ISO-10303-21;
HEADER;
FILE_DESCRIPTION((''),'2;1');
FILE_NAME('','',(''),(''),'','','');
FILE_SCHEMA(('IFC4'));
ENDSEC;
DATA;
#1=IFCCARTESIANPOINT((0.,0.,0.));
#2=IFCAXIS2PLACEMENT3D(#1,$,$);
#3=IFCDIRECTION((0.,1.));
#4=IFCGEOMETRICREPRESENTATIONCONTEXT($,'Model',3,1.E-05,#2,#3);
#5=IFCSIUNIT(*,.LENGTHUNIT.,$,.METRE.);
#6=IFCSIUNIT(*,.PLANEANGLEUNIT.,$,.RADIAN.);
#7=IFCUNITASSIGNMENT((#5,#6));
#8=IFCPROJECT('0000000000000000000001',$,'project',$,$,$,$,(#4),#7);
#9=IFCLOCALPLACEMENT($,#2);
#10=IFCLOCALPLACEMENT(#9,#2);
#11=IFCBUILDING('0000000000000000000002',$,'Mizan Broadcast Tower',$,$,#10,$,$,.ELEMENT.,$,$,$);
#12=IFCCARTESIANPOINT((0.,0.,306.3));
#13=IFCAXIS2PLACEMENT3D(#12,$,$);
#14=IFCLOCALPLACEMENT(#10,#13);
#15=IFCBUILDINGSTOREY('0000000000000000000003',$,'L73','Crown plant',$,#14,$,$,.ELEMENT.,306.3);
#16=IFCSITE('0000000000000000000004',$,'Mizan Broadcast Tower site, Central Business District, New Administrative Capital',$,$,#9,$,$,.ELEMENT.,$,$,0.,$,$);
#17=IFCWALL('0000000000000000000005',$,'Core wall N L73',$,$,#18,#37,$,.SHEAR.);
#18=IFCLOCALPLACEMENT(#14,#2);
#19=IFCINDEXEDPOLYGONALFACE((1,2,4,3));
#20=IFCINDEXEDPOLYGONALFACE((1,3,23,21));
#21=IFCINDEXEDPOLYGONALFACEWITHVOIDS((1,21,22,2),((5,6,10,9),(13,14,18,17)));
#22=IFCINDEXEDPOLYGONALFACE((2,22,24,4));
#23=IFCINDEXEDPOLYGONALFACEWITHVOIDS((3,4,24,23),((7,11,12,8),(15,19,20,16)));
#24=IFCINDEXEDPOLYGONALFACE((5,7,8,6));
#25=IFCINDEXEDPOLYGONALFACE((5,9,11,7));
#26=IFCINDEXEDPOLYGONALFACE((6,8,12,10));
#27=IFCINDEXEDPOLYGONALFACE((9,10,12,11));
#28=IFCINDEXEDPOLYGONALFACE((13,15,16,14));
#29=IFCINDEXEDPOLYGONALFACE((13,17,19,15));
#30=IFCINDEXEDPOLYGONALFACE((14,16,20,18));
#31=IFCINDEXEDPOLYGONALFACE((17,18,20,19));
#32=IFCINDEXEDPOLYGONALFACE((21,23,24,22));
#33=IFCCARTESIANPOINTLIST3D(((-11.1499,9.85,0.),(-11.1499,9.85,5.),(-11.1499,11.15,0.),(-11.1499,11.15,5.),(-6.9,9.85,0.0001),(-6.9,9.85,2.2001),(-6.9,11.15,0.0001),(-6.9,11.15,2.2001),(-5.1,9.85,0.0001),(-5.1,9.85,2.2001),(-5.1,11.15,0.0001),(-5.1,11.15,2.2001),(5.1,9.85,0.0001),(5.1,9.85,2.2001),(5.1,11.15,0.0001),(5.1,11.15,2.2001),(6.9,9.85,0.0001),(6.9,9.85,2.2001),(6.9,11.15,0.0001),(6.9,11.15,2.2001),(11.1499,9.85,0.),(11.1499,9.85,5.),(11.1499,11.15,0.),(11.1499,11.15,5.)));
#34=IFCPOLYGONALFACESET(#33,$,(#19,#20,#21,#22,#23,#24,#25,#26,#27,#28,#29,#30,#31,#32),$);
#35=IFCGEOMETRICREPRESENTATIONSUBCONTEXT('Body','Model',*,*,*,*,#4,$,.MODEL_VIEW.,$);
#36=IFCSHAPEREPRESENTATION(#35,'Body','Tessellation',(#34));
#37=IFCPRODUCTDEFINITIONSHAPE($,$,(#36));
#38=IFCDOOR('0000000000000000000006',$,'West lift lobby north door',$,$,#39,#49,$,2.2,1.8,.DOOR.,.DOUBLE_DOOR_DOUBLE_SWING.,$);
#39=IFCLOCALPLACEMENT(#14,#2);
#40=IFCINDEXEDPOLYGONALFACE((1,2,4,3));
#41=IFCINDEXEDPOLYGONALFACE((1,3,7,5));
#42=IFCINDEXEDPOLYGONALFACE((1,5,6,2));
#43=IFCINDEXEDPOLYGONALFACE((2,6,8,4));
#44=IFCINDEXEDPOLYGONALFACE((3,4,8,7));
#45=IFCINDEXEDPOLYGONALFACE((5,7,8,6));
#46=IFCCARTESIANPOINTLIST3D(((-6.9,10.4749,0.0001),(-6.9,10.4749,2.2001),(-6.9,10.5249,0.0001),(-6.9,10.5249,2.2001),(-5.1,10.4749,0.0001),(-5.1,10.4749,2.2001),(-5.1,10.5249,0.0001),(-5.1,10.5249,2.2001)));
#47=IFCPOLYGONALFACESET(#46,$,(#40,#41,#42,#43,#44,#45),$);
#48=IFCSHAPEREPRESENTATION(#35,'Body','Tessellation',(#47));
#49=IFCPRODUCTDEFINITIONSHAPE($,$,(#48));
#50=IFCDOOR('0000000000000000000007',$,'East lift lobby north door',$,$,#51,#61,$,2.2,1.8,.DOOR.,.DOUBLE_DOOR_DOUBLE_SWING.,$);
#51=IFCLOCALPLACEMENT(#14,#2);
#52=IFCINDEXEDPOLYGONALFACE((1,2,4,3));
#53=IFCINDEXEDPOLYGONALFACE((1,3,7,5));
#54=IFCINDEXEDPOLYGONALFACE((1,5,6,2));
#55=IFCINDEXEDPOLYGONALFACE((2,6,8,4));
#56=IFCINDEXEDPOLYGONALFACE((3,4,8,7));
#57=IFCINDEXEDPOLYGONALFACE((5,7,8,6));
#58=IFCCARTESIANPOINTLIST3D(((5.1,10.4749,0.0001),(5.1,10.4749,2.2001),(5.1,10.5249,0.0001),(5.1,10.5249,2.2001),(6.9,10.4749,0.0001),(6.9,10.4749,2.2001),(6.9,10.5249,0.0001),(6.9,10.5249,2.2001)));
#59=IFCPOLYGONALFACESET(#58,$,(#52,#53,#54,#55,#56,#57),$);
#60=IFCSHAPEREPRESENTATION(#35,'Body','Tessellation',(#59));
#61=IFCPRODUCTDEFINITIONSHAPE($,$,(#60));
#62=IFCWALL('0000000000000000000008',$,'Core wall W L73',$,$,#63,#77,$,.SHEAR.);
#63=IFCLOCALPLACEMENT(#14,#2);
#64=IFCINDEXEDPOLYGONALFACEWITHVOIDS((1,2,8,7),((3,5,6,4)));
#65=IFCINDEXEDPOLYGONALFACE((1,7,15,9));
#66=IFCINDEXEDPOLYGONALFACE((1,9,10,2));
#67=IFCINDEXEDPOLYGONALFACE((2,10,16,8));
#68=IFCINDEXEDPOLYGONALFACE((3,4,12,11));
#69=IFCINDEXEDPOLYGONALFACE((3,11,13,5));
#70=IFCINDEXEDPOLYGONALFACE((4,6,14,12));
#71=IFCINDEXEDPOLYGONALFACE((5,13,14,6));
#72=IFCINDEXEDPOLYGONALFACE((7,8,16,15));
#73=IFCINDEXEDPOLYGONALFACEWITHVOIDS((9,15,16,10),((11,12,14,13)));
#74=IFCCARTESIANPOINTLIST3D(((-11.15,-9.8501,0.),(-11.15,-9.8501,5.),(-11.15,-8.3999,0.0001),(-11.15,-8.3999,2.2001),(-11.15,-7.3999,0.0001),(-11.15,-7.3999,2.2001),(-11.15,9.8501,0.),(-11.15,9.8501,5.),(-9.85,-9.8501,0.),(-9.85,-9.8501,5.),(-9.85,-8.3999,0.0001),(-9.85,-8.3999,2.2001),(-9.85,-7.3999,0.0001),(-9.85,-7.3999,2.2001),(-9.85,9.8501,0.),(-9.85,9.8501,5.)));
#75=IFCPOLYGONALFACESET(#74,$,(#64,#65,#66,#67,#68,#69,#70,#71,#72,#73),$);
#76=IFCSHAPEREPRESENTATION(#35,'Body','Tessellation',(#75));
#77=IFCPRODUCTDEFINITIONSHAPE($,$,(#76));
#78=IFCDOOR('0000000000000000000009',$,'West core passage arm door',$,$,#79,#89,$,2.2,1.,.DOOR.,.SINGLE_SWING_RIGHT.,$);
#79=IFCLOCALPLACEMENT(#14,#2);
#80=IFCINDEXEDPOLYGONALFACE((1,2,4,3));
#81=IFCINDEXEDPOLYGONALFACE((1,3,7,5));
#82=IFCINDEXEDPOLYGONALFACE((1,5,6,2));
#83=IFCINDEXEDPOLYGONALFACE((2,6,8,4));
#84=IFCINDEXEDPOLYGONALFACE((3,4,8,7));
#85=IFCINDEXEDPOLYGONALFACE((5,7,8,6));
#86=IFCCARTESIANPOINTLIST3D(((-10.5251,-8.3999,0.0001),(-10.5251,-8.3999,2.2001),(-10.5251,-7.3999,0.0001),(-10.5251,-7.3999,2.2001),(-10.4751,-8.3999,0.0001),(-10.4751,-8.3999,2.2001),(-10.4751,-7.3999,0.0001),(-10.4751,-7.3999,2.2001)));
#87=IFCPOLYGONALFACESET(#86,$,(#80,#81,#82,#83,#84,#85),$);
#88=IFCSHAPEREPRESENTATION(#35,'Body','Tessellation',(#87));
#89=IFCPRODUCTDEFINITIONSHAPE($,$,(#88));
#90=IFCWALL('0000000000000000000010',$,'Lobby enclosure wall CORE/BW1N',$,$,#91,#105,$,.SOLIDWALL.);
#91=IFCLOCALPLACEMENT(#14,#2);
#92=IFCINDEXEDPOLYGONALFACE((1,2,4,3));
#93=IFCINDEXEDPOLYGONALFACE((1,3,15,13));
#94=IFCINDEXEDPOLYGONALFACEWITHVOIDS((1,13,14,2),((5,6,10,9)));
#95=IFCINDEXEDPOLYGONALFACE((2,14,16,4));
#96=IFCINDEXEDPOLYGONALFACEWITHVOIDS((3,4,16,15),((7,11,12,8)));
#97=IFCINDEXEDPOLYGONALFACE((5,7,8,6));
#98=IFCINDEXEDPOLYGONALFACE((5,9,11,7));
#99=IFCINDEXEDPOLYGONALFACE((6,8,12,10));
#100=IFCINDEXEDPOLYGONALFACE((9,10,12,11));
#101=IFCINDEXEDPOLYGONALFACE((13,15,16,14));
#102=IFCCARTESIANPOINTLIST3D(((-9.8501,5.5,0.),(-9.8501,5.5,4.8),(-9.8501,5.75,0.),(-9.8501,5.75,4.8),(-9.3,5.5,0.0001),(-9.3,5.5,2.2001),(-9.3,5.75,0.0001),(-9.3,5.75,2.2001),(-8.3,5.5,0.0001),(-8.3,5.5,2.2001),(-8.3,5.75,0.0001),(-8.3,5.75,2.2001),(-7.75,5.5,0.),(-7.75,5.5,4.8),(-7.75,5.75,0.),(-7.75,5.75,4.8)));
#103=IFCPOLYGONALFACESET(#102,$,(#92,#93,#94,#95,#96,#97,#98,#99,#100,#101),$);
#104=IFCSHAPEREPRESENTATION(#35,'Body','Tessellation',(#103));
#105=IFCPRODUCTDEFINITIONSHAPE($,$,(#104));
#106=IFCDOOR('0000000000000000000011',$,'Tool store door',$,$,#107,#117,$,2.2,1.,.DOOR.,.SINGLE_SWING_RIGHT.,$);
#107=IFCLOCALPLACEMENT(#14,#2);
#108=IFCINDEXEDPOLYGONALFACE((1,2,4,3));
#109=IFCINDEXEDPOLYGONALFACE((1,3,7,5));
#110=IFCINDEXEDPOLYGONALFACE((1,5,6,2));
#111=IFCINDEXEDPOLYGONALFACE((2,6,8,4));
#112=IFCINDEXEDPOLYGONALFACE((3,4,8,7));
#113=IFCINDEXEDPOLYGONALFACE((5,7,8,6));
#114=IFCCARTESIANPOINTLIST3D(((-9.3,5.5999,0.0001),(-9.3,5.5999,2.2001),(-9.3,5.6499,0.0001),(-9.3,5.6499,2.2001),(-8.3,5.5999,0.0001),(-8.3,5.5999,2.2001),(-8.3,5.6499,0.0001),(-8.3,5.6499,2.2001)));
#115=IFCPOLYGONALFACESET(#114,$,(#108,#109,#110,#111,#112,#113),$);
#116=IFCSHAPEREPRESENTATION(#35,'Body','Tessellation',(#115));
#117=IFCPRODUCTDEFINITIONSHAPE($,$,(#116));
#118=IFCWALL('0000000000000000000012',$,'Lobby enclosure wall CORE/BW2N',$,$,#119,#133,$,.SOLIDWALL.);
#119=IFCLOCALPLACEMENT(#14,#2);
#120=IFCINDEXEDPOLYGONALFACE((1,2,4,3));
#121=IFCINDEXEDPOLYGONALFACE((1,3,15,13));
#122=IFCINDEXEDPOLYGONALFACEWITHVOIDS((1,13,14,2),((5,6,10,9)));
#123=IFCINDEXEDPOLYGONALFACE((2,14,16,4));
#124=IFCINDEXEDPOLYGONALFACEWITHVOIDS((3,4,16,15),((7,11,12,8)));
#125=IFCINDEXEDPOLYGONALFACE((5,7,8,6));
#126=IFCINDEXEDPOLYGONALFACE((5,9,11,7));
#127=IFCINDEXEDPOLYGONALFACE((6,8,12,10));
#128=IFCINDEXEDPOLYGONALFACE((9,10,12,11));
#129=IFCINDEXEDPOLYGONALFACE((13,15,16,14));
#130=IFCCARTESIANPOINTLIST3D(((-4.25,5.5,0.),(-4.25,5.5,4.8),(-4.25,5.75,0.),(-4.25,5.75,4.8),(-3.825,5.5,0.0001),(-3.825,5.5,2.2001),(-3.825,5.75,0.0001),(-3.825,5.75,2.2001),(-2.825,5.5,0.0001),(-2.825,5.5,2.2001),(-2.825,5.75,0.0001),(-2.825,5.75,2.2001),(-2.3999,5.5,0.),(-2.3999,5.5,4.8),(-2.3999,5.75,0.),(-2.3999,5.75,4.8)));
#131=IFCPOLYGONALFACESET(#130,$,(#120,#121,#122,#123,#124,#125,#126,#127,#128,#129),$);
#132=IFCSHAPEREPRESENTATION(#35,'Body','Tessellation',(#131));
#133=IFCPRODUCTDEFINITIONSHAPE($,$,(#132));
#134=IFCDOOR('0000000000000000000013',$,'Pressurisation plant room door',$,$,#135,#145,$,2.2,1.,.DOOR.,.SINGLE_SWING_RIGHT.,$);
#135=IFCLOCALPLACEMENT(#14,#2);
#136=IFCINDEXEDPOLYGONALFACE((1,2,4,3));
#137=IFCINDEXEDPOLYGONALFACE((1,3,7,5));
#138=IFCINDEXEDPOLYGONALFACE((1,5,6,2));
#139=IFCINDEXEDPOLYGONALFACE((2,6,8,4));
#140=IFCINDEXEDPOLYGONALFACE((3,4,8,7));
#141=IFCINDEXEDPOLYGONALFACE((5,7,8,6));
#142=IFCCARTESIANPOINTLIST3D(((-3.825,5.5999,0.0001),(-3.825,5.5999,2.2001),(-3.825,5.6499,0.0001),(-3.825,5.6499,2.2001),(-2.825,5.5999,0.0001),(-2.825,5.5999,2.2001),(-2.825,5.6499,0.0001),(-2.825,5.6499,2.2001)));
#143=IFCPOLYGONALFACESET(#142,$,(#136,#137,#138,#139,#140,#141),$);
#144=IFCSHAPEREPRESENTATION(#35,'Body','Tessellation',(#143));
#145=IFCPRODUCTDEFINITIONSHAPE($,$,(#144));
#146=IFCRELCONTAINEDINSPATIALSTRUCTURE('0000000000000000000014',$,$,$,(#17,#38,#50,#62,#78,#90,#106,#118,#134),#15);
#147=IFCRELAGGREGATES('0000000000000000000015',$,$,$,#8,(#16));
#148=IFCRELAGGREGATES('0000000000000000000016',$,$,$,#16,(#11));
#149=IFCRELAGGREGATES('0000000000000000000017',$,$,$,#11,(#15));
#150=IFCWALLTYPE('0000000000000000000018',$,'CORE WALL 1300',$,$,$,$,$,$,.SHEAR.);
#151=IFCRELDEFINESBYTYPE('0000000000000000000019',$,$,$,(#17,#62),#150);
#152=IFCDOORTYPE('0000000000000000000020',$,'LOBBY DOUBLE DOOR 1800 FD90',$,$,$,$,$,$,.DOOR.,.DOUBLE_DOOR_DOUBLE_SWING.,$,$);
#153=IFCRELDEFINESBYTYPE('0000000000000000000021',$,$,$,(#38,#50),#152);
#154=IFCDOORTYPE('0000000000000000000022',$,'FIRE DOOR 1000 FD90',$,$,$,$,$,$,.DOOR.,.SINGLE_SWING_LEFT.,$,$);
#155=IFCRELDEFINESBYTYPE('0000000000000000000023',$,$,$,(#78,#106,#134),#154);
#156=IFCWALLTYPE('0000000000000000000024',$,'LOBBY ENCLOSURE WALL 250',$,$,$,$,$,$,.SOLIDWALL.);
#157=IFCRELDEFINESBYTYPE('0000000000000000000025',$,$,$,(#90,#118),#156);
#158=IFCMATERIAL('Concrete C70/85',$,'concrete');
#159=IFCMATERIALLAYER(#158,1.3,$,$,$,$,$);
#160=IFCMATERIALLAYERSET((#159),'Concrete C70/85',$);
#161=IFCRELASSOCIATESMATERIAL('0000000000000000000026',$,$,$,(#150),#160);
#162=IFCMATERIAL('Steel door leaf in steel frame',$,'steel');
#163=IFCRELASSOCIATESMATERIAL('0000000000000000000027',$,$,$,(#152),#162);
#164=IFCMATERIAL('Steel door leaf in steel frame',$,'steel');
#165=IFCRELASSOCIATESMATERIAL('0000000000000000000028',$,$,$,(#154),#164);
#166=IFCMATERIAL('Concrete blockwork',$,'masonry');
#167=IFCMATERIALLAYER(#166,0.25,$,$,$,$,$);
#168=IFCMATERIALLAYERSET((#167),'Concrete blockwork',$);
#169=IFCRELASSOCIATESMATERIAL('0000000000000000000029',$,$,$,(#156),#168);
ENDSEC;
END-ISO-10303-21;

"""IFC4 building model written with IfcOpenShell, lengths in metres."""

from ifc_helpers import new_model, si_unit, direction, frame, frame_2d, origin, place, context, subcontext, project, spatial, rectangle, extrude, material, layer, layer_set, type_object, element, fill, save


model = new_model("IFC4")

# Units and contexts
model_context = context("Model", 3, precision=1e-05, world=origin(), true_north=direction((0.0, 1.0)))
body_context = subcontext(model_context, "Body", "Model", "MODEL_VIEW")
ifc_project = project(units=[si_unit("LENGTHUNIT", "METRE"), si_unit("PLANEANGLEUNIT", "RADIAN")], contexts=[model_context])

# Site, building, storey
site_placement = place(None, origin())
site = spatial("IfcSite", under=ifc_project, at=site_placement, Name="Mizan Broadcast Tower site, Central Business District, New Administrative Capital", CompositionType="ELEMENT", RefElevation=0.0)
building_placement = place(site_placement, origin())
building = spatial("IfcBuilding", under=site, at=building_placement, Name="Mizan Broadcast Tower", CompositionType="ELEMENT")
storey_placement = place(building_placement, frame((0.0, 0.0, 306.3)))
storey = spatial("IfcBuildingStorey", under=building, at=storey_placement, Name="L73", Description="Crown plant", CompositionType="ELEMENT", Elevation=306.3)

# Wall, openings, doors
ifc_material_1 = material(Name="Concrete C70/85", Category="concrete")
ifc_layer_1 = layer(ifc_material_1, 1.3)
ifc_layer_set_1 = layer_set([ifc_layer_1], Name="Concrete C70/85")
wall_type_1 = type_object("IfcWallType", Name="CORE WALL 1300", PredefinedType="SHEAR", material=ifc_layer_set_1)
wall_1_placement = place(storey_placement, frame((-11.1499, 10.5, 0.0), z_axis=(0.0, 0.0, 1.0), x_axis=(1.0, 0.0, 0.0)))
wall_1 = element("IfcWall", 1, at=wall_1_placement, inside=storey, type_object=wall_type_1, Name="Core wall N L73", PredefinedType="SHEAR", context=body_context, shape_type="SweptSolid", body=[
    extrude(rectangle(XDim=22.2998, YDim=1.3, at=frame_2d((11.1499, 0.0))), origin(), (0.0, 0.0, 1.0), 5.0),
])
opening_1_placement = place(wall_1_placement, frame((4.25, 0.0, 0.0)))
opening_1 = element("IfcOpeningElement", 2, at=opening_1_placement, cuts=wall_1, PredefinedType="OPENING", context=body_context, shape_type="SweptSolid", body=[
    extrude(rectangle(XDim=1.8, YDim=2.2, at=frame_2d((0.8999, 1.1001))), frame((0.0, 0.6599, 0.0), z_axis=(0.0, -1.0, 0.0), x_axis=(1.0, 0.0, 0.0)), (0.0, 0.0, 1.0), 1.3201),
])
opening_2_placement = place(wall_1_placement, frame((16.25, 0.0, 0.0)))
opening_2 = element("IfcOpeningElement", 3, at=opening_2_placement, cuts=wall_1, PredefinedType="OPENING", context=body_context, shape_type="SweptSolid", body=[
    extrude(rectangle(XDim=1.8, YDim=2.2, at=frame_2d((0.8999, 1.1001))), frame((0.0, 0.6599, 0.0), z_axis=(0.0, -1.0, 0.0), x_axis=(1.0, 0.0, 0.0)), (0.0, 0.0, 1.0), 1.3201),
])
ifc_material_2 = material(Name="Steel door leaf in steel frame", Category="steel")
door_type_1 = type_object("IfcDoorType", Name="LOBBY DOUBLE DOOR 1800 FD90", OperationType="DOUBLE_DOOR_DOUBLE_SWING", PredefinedType="DOOR", material=ifc_material_2)
door_1_placement = place(opening_1_placement, origin())
door_1 = element("IfcDoor", 4, at=door_1_placement, inside=storey, type_object=door_type_1, Name="West lift lobby north door", OperationType="DOUBLE_DOOR_DOUBLE_SWING", OverallHeight=2.2, OverallWidth=1.8, PredefinedType="DOOR", context=body_context, shape_type="SweptSolid", body=[
    extrude(rectangle(XDim=1.8, YDim=2.2, at=frame_2d((0.8999, 1.1001))), frame((0.0, 0.0249, 0.0), z_axis=(0.0, -1.0, 0.0), x_axis=(1.0, 0.0, 0.0)), (0.0, 0.0, 1.0), 0.05),
])
fill(opening_1, door_1)
door_2_placement = place(opening_2_placement, origin())
door_2 = element("IfcDoor", 5, at=door_2_placement, inside=storey, type_object=door_type_1, Name="East lift lobby north door", OperationType="DOUBLE_DOOR_DOUBLE_SWING", OverallHeight=2.2, OverallWidth=1.8, PredefinedType="DOOR", context=body_context, shape_type="SweptSolid", body=[
    extrude(rectangle(XDim=1.8, YDim=2.2, at=frame_2d((0.8999, 1.1001))), frame((0.0, 0.0249, 0.0), z_axis=(0.0, -1.0, 0.0), x_axis=(1.0, 0.0, 0.0)), (0.0, 0.0, 1.0), 0.05),
])
fill(opening_2, door_2)

# Walls, openings, doors
wall_2_placement = place(storey_placement, frame((-10.5, 9.8501, 0.0), z_axis=(0.0, 0.0, 1.0), x_axis=(0.0, -1.0, 0.0)))
wall_2 = element("IfcWall", 6, at=wall_2_placement, inside=storey, type_object=wall_type_1, Name="Core wall W L73", PredefinedType="SHEAR", context=body_context, shape_type="SweptSolid", body=[
    extrude(rectangle(XDim=19.7002, YDim=1.3, at=frame_2d((9.8501, 0.0))), origin(), (0.0, 0.0, 1.0), 5.0),
])
opening_3_placement = place(wall_2_placement, frame((17.25, 0.0, 0.0)))
opening_3 = element("IfcOpeningElement", 7, at=opening_3_placement, cuts=wall_2, PredefinedType="OPENING", context=body_context, shape_type="SweptSolid", body=[
    extrude(rectangle(XDim=1.0, YDim=2.2, at=frame_2d((0.5, 1.1001))), frame((0.0, 0.6599, 0.0), z_axis=(0.0, -1.0, 0.0), x_axis=(1.0, 0.0, 0.0)), (0.0, 0.0, 1.0), 1.3201),
])
ifc_material_3 = material(Name="Steel door leaf in steel frame", Category="steel")
door_type_2 = type_object("IfcDoorType", Name="FIRE DOOR 1000 FD90", OperationType="SINGLE_SWING_LEFT", PredefinedType="DOOR", material=ifc_material_3)
door_3_placement = place(opening_3_placement, origin())
door_3 = element("IfcDoor", 8, at=door_3_placement, inside=storey, type_object=door_type_2, Name="West core passage arm door", OperationType="SINGLE_SWING_RIGHT", OverallHeight=2.2, OverallWidth=1.0, PredefinedType="DOOR", context=body_context, shape_type="SweptSolid", body=[
    extrude(rectangle(XDim=1.0, YDim=2.2, at=frame_2d((0.5, 1.1001))), frame((0.0, 0.0249, 0.0), z_axis=(0.0, -1.0, 0.0), x_axis=(1.0, 0.0, 0.0)), (0.0, 0.0, 1.0), 0.05),
])
fill(opening_3, door_3)
ifc_material_4 = material(Name="Concrete blockwork", Category="masonry")
ifc_layer_2 = layer(ifc_material_4, 0.25)
ifc_layer_set_2 = layer_set([ifc_layer_2], Name="Concrete blockwork")
wall_type_2 = type_object("IfcWallType", Name="LOBBY ENCLOSURE WALL 250", PredefinedType="SOLIDWALL", material=ifc_layer_set_2)
wall_3_placement = place(storey_placement, frame((-9.8501, 5.625, 0.0), z_axis=(0.0, 0.0, 1.0), x_axis=(1.0, 0.0, 0.0)))
wall_3 = element("IfcWall", 9, at=wall_3_placement, inside=storey, type_object=wall_type_2, Name="Lobby enclosure wall CORE/BW1N", PredefinedType="SOLIDWALL", context=body_context, shape_type="SweptSolid", body=[
    extrude(rectangle(XDim=2.1001, YDim=0.25, at=frame_2d((1.05, 0.0))), origin(), (0.0, 0.0, 1.0), 4.8),
])
opening_4_placement = place(wall_3_placement, frame((0.55, 0.0, 0.0)))
opening_4 = element("IfcOpeningElement", 10, at=opening_4_placement, cuts=wall_3, PredefinedType="OPENING", context=body_context, shape_type="SweptSolid", body=[
    extrude(rectangle(XDim=1.0, YDim=2.2, at=frame_2d((0.5, 1.1001))), frame((0.0, 0.135, 0.0), z_axis=(0.0, -1.0, 0.0), x_axis=(1.0, 0.0, 0.0)), (0.0, 0.0, 1.0), 0.27),
])
door_4_placement = place(opening_4_placement, origin())
door_4 = element("IfcDoor", 11, at=door_4_placement, inside=storey, type_object=door_type_2, Name="Tool store door", OperationType="SINGLE_SWING_RIGHT", OverallHeight=2.2, OverallWidth=1.0, PredefinedType="DOOR", context=body_context, shape_type="SweptSolid", body=[
    extrude(rectangle(XDim=1.0, YDim=2.2, at=frame_2d((0.5, 1.1001))), frame((0.0, 0.0249, 0.0), z_axis=(0.0, -1.0, 0.0), x_axis=(1.0, 0.0, 0.0)), (0.0, 0.0, 1.0), 0.05),
])
fill(opening_4, door_4)
wall_4_placement = place(storey_placement, frame((-4.25, 5.625, 0.0), z_axis=(0.0, 0.0, 1.0), x_axis=(1.0, 0.0, 0.0)))
wall_4 = element("IfcWall", 12, at=wall_4_placement, inside=storey, type_object=wall_type_2, Name="Lobby enclosure wall CORE/BW2N", PredefinedType="SOLIDWALL", context=body_context, shape_type="SweptSolid", body=[
    extrude(rectangle(XDim=1.8501, YDim=0.25, at=frame_2d((0.925, 0.0))), origin(), (0.0, 0.0, 1.0), 4.8),
])
opening_5_placement = place(wall_4_placement, frame((0.425, 0.0, 0.0)))
opening_5 = element("IfcOpeningElement", 13, at=opening_5_placement, cuts=wall_4, PredefinedType="OPENING", context=body_context, shape_type="SweptSolid", body=[
    extrude(rectangle(XDim=1.0, YDim=2.2, at=frame_2d((0.5, 1.1001))), frame((0.0, 0.135, 0.0), z_axis=(0.0, -1.0, 0.0), x_axis=(1.0, 0.0, 0.0)), (0.0, 0.0, 1.0), 0.27),
])
door_5_placement = place(opening_5_placement, origin())
door_5 = element("IfcDoor", 14, at=door_5_placement, inside=storey, type_object=door_type_2, Name="Pressurisation plant room door", OperationType="SINGLE_SWING_RIGHT", OverallHeight=2.2, OverallWidth=1.0, PredefinedType="DOOR", context=body_context, shape_type="SweptSolid", body=[
    extrude(rectangle(XDim=1.0, YDim=2.2, at=frame_2d((0.5, 1.1001))), frame((0.0, 0.0249, 0.0), z_axis=(0.0, -1.0, 0.0), x_axis=(1.0, 0.0, 0.0)), (0.0, 0.0, 1.0), 0.05),
])
fill(opening_5, door_5)

save(model, "model.ifc")
